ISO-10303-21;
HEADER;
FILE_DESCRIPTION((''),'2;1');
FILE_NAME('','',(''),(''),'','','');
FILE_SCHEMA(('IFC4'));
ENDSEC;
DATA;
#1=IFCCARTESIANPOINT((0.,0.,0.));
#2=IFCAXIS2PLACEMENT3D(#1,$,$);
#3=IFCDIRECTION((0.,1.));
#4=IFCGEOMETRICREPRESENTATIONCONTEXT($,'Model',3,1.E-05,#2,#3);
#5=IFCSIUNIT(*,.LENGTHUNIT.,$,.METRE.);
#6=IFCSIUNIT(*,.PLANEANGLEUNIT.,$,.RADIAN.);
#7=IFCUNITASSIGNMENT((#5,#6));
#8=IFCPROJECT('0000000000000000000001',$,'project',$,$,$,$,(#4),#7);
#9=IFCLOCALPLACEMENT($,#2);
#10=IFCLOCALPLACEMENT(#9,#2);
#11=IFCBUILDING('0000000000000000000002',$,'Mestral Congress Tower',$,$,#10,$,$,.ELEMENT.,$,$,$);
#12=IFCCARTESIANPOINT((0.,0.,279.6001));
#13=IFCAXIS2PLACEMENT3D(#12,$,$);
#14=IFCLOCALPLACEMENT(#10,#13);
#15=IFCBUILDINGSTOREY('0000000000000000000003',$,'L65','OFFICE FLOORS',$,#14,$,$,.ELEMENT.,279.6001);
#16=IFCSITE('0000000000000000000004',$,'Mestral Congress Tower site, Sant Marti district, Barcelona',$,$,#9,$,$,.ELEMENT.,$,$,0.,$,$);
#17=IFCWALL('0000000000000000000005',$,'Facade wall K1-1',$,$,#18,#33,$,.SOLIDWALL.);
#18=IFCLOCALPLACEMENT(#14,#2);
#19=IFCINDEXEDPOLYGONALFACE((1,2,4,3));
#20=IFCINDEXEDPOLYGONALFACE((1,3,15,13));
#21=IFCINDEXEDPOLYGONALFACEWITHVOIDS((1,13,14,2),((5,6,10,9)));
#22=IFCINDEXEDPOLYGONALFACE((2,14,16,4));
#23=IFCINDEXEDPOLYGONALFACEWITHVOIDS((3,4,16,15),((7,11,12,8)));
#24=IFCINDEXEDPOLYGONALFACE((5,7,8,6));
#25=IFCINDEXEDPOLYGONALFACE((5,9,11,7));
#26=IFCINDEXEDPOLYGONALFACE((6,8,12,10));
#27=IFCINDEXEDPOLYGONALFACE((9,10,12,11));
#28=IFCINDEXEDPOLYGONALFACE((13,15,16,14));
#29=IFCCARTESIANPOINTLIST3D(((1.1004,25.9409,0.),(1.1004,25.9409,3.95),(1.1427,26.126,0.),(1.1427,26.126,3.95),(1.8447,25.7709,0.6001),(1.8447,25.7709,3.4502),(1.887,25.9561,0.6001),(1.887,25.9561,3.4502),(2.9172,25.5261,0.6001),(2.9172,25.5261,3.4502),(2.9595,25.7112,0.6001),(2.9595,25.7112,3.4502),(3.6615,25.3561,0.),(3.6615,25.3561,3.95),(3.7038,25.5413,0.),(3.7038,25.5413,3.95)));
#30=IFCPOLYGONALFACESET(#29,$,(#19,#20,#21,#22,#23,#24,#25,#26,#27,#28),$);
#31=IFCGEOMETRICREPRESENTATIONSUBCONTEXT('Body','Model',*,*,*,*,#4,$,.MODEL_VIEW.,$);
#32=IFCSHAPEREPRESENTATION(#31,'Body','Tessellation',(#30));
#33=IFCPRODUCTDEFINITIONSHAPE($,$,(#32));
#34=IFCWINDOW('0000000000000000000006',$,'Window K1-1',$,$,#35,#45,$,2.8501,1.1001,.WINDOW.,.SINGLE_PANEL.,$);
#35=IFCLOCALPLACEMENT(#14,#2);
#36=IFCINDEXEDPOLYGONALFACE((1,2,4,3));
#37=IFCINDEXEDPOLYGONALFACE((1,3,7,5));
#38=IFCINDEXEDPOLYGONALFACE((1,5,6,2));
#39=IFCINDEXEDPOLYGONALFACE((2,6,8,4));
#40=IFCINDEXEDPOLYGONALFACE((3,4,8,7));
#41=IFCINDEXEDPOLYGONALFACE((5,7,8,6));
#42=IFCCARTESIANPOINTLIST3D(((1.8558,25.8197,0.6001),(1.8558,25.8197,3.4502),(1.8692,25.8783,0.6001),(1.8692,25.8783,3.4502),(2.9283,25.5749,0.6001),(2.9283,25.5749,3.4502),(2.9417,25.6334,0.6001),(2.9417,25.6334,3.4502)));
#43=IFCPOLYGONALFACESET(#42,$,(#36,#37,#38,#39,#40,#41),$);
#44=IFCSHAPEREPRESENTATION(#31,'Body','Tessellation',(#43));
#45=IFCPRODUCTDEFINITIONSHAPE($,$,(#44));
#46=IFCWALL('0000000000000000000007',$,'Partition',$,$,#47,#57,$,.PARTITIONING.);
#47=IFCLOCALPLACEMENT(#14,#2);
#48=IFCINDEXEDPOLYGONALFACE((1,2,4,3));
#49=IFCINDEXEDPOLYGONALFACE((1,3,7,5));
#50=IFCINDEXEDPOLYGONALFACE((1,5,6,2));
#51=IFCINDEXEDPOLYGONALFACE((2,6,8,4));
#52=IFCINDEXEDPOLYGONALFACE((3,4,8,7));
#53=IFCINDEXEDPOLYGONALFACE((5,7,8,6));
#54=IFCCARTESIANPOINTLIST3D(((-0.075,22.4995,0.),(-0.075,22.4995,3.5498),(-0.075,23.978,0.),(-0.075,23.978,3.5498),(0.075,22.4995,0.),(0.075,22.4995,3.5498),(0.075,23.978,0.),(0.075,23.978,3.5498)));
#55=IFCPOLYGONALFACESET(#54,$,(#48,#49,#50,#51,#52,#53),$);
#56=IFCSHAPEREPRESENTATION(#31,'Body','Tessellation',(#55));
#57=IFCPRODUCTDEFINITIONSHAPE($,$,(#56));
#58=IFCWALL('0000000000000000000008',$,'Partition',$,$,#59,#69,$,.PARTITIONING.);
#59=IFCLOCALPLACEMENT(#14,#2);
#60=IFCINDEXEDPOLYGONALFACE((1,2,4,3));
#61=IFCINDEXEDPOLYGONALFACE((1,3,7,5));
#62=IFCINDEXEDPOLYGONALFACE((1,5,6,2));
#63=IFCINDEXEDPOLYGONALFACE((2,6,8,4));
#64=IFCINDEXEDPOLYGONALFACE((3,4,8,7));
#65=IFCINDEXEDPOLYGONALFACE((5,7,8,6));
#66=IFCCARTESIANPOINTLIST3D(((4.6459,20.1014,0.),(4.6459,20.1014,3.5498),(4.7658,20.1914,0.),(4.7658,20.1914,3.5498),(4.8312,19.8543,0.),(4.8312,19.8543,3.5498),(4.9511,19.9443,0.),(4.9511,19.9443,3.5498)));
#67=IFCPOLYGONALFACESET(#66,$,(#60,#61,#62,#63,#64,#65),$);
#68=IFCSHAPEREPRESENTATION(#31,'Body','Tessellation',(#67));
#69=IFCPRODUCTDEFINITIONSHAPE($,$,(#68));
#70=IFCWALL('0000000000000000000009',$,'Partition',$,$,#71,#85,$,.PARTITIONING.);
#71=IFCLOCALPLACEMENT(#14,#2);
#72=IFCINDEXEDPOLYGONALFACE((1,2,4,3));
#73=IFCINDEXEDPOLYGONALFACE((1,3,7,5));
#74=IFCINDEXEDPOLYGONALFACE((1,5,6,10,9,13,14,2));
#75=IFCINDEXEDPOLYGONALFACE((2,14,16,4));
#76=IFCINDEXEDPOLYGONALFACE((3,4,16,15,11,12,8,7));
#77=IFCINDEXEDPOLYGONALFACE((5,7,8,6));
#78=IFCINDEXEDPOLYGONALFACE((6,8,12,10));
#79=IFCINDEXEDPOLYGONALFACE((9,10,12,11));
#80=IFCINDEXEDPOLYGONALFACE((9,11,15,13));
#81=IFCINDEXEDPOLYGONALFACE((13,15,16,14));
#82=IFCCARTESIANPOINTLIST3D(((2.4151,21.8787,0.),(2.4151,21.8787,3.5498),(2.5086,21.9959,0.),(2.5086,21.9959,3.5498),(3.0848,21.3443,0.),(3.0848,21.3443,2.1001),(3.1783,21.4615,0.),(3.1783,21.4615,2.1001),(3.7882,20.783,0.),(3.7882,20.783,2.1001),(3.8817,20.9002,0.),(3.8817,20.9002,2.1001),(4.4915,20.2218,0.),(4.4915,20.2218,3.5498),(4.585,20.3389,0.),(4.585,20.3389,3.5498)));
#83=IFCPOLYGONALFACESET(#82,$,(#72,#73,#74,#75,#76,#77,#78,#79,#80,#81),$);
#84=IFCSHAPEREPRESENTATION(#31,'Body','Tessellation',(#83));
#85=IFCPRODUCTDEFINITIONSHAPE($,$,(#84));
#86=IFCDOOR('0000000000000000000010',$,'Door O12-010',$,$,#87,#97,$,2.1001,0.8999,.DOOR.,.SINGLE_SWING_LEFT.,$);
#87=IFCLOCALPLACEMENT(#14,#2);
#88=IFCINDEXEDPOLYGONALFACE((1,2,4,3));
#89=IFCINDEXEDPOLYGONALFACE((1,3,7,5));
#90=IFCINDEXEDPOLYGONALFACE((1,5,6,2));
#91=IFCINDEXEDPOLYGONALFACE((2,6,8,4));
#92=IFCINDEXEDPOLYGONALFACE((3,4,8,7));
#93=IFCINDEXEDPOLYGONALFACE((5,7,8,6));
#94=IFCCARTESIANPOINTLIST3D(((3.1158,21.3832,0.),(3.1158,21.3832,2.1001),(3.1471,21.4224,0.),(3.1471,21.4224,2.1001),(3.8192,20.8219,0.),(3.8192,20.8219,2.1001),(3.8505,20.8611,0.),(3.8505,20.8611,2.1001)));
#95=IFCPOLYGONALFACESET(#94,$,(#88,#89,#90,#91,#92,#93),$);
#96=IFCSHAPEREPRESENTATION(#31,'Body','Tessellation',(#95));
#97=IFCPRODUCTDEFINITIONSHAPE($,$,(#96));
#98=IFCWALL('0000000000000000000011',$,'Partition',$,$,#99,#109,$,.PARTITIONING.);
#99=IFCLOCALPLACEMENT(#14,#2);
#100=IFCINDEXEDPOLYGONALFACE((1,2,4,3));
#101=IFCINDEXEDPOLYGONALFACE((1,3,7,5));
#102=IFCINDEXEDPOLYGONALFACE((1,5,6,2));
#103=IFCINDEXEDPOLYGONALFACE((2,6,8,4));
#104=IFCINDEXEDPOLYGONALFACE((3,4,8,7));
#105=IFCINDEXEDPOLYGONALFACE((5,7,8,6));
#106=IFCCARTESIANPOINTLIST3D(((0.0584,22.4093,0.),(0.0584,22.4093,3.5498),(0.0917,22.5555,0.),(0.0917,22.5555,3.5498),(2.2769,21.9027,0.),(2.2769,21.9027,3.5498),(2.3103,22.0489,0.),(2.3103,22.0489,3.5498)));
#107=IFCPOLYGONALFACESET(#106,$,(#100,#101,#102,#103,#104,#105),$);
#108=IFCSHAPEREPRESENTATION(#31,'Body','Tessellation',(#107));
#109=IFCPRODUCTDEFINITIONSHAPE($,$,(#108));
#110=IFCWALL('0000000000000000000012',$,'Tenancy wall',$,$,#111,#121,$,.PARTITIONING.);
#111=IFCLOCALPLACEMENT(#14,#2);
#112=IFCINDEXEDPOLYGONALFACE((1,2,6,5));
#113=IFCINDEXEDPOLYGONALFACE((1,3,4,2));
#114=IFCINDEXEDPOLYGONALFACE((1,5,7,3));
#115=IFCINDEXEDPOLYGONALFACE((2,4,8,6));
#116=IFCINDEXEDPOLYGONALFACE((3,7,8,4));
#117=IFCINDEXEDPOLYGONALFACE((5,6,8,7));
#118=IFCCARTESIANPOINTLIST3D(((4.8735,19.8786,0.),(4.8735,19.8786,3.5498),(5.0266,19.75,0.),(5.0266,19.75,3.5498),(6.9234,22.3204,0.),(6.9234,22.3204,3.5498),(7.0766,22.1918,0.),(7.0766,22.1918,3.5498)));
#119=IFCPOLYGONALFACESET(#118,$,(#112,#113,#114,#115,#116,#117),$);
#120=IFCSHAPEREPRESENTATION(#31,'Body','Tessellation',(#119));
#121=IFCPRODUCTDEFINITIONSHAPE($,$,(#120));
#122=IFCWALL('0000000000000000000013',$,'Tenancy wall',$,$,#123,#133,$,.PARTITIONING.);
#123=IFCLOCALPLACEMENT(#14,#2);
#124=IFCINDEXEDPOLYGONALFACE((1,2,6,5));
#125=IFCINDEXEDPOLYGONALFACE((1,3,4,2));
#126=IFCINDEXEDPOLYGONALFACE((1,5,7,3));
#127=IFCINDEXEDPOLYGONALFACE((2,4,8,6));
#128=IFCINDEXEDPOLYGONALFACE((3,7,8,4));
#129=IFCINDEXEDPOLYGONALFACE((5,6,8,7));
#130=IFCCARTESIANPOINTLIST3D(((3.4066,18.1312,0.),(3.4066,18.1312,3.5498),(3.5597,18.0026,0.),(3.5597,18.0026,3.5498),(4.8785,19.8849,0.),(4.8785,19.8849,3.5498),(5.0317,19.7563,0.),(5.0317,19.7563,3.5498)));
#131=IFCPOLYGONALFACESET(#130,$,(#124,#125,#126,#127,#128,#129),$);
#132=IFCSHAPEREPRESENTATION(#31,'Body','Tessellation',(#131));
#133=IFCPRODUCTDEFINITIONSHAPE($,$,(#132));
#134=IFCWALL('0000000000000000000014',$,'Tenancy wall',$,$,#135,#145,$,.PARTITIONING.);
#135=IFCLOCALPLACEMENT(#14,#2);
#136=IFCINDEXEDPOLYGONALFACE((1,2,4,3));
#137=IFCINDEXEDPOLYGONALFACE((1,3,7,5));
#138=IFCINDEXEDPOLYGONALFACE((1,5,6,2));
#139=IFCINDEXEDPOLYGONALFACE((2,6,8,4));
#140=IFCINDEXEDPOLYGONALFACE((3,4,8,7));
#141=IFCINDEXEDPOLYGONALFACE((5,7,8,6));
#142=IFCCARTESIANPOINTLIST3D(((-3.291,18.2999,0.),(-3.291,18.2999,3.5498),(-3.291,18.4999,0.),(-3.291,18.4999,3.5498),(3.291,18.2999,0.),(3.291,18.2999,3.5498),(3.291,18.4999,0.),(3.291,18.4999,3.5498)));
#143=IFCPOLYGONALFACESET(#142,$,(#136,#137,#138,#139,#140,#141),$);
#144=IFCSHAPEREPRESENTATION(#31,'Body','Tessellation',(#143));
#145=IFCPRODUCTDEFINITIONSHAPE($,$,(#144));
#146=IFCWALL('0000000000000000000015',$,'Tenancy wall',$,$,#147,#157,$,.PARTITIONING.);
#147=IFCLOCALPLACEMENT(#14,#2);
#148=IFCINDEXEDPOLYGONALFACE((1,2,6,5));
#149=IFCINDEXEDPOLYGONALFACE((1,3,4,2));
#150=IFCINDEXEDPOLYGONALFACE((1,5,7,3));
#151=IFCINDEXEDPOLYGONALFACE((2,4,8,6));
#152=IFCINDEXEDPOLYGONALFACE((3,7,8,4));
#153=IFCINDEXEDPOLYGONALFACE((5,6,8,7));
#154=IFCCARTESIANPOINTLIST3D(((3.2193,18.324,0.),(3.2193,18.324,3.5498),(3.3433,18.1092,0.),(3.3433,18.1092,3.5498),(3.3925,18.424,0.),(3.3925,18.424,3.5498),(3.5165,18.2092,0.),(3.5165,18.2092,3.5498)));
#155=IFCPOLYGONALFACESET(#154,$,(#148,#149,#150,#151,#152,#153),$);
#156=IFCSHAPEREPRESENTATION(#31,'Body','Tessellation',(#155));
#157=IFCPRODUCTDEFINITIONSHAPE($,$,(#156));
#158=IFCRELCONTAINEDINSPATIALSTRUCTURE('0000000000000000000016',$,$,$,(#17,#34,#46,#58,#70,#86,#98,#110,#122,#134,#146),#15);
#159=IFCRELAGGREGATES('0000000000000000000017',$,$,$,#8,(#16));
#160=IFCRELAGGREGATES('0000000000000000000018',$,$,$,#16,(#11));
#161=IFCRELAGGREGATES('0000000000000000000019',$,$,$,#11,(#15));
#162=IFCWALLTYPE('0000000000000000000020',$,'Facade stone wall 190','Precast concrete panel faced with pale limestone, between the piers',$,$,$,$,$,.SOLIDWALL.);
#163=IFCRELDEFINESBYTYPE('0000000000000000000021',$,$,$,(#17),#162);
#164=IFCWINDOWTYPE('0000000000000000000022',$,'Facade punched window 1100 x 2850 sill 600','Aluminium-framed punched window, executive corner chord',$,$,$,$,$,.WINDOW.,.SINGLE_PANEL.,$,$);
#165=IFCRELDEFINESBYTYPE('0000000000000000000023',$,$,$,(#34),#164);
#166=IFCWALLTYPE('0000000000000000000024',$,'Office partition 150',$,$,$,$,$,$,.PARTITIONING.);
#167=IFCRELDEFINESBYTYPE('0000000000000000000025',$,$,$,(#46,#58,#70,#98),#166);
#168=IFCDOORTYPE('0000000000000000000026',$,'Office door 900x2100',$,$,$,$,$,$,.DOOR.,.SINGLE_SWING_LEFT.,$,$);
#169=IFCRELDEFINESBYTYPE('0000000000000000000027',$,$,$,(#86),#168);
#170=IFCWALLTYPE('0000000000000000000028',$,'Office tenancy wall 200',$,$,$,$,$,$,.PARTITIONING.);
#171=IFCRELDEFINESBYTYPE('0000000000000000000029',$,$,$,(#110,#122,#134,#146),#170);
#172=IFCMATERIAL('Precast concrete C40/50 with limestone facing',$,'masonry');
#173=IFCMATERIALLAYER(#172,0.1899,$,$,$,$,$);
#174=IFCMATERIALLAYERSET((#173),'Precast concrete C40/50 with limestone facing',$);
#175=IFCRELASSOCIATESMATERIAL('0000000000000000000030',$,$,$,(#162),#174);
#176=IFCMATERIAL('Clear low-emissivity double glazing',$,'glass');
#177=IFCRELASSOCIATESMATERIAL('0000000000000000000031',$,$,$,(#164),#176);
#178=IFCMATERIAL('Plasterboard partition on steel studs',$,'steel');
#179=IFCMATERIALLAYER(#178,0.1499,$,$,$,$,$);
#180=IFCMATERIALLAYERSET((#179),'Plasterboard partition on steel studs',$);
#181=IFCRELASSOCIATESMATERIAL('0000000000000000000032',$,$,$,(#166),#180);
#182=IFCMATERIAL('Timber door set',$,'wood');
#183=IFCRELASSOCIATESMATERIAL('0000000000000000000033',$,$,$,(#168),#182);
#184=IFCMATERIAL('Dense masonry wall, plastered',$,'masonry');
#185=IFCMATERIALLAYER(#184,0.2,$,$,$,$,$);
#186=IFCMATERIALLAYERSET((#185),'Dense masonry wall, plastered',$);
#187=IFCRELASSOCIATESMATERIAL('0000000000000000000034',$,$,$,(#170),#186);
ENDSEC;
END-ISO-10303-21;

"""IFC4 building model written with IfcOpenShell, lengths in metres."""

from ifc_helpers import new_model, si_unit, direction, frame, frame_2d, origin, place, context, subcontext, project, spatial, rectangle, extrude, material, layer, layer_set, type_object, element, fill, save


model = new_model("IFC4")

# Units and contexts
model_context = context("Model", 3, precision=1e-05, world=origin(), true_north=direction((0.0, 1.0)))
body_context = subcontext(model_context, "Body", "Model", "MODEL_VIEW")
ifc_project = project(units=[si_unit("LENGTHUNIT", "METRE"), si_unit("PLANEANGLEUNIT", "RADIAN")], contexts=[model_context])

# Site, building, storey
site_placement = place(None, origin())
site = spatial("IfcSite", under=ifc_project, at=site_placement, Name="Mestral Congress Tower site, Sant Marti district, Barcelona", CompositionType="ELEMENT", RefElevation=0.0)
building_placement = place(site_placement, origin())
building = spatial("IfcBuilding", under=site, at=building_placement, Name="Mestral Congress Tower", CompositionType="ELEMENT")
storey_placement = place(building_placement, frame((0.0, 0.0, 279.6001)))
storey = spatial("IfcBuildingStorey", under=building, at=storey_placement, Name="L65", Description="OFFICE FLOORS", CompositionType="ELEMENT", Elevation=279.6001)

# Shared definitions
ifc_material_1 = material(Name="Precast concrete C40/50 with limestone facing", Category="masonry")
ifc_layer_1 = layer(ifc_material_1, 0.1899)
ifc_layer_set_1 = layer_set([ifc_layer_1], Name="Precast concrete C40/50 with limestone facing")
wall_type_1 = type_object("IfcWallType", Name="Facade stone wall 190", Description="Precast concrete panel faced with pale limestone, between the piers", PredefinedType="SOLIDWALL", material=ifc_layer_set_1)
ifc_material_2 = material(Name="Clear low-emissivity double glazing", Category="glass")

# Wall, opening, window
window_type_1 = type_object("IfcWindowType", Name="Facade punched window 1100 x 2850 sill 600", Description="Aluminium-framed punched window, executive corner chord", PartitioningType="SINGLE_PANEL", PredefinedType="WINDOW", material=ifc_material_2)
wall_1_placement = place(storey_placement, frame((3.6826, 25.4487, 0.0), z_axis=(0.0, 0.0, 1.0), x_axis=(-0.974913, 0.222585, 0.0)))
wall_1 = element("IfcWall", 1, at=wall_1_placement, inside=storey, type_object=wall_type_1, Name="Facade wall K1-1", PredefinedType="SOLIDWALL", context=body_context, shape_type="SweptSolid", body=[
    extrude(rectangle(XDim=2.627, YDim=0.1899, at=frame_2d((1.3135, 0.0))), origin(), (0.0, 0.0, 1.0), 3.95),
])
opening_1_placement = place(wall_1_placement, frame((0.7634, 0.0, 0.6001)))
opening_1 = element("IfcOpeningElement", 2, at=opening_1_placement, cuts=wall_1, PredefinedType="OPENING", context=body_context, shape_type="SweptSolid", body=[
    extrude(rectangle(XDim=1.1001, YDim=2.8501, at=frame_2d((0.55, 1.425))), frame((0.0, 0.105, 0.0), z_axis=(0.0, -1.0, 0.0), x_axis=(1.0, 0.0, 0.0)), (0.0, 0.0, 1.0), 0.21),
])
window_1_placement = place(opening_1_placement, origin())
window_1 = element("IfcWindow", 3, at=window_1_placement, inside=storey, type_object=window_type_1, Name="Window K1-1", OverallHeight=2.8501, OverallWidth=1.1001, PartitioningType="SINGLE_PANEL", PredefinedType="WINDOW", context=body_context, shape_type="SweptSolid", body=[
    extrude(rectangle(XDim=1.1001, YDim=2.8501, at=frame_2d((0.55, 1.425))), frame((0.0, 0.0449, 0.0), z_axis=(0.0, -1.0, 0.0), x_axis=(1.0, 0.0, 0.0)), (0.0, 0.0, 1.0), 0.0601),
])
fill(opening_1, window_1)

# Walls
ifc_material_3 = material(Name="Plasterboard partition on steel studs", Category="steel")
ifc_layer_2 = layer(ifc_material_3, 0.1499)
ifc_layer_set_2 = layer_set([ifc_layer_2], Name="Plasterboard partition on steel studs")
wall_type_2 = type_object("IfcWallType", Name="Office partition 150", PredefinedType="PARTITIONING", material=ifc_layer_set_2)
wall_2_placement = place(storey_placement, frame((0.0, 22.4995, 0.0), z_axis=(0.0, 0.0, 1.0), x_axis=(0.0, 1.0, 0.0)))
element("IfcWall", 4, at=wall_2_placement, inside=storey, type_object=wall_type_2, Name="Partition", PredefinedType="PARTITIONING", context=body_context, shape_type="SweptSolid", body=[
    extrude(rectangle(XDim=1.4785, YDim=0.1499, at=frame_2d((0.7393, 0.0))), origin(), (0.0, 0.0, 1.0), 3.5498),
])
wall_3_placement = place(storey_placement, frame((4.8911, 19.8994, 0.0), z_axis=(0.0, 0.0, 1.0), x_axis=(-0.6, 0.8, 0.0)))
element("IfcWall", 5, at=wall_3_placement, inside=storey, type_object=wall_type_2, Name="Partition", PredefinedType="PARTITIONING", context=body_context, shape_type="SweptSolid", body=[
    extrude(rectangle(XDim=0.3088, YDim=0.1499, at=frame_2d((0.1543, 0.0))), origin(), (0.0, 0.0, 1.0), 3.5498),
])

# Wall, opening, door
wall_4_placement = place(storey_placement, frame((2.4619, 21.9373, 0.0), z_axis=(0.0, 0.0, 1.0), x_axis=(0.78163, -0.623742, 0.0)))
wall_4 = element("IfcWall", 6, at=wall_4_placement, inside=storey, type_object=wall_type_2, Name="Partition", PredefinedType="PARTITIONING", context=body_context, shape_type="SweptSolid", body=[
    extrude(rectangle(XDim=2.6565, YDim=0.1499, at=frame_2d((1.3281, 0.0))), origin(), (0.0, 0.0, 1.0), 3.5498),
])
opening_2_placement = place(wall_4_placement, frame((0.8567, 0.0, 0.0)))
opening_2 = element("IfcOpeningElement", 7, at=opening_2_placement, cuts=wall_4, PredefinedType="OPENING", context=body_context, shape_type="SweptSolid", body=[
    extrude(rectangle(XDim=0.8999, YDim=2.1001, at=frame_2d((0.45, 1.05))), frame((0.0, 0.085, 0.0), z_axis=(0.0, -1.0, 0.0), x_axis=(1.0, 0.0, 0.0)), (0.0, 0.0, 1.0), 0.1699),
])
ifc_material_4 = material(Name="Timber door set", Category="wood")
door_type = type_object("IfcDoorType", Name="Office door 900x2100", OperationType="SINGLE_SWING_LEFT", PredefinedType="DOOR", material=ifc_material_4)
door_placement = place(opening_2_placement, origin())
door = element("IfcDoor", 8, at=door_placement, inside=storey, type_object=door_type, Name="Door O12-010", OperationType="SINGLE_SWING_LEFT", OverallHeight=2.1001, OverallWidth=0.8999, PredefinedType="DOOR", context=body_context, shape_type="SweptSolid", body=[
    extrude(rectangle(XDim=0.8999, YDim=2.1001, at=frame_2d((0.45, 1.05))), frame((0.0, 0.0249, 0.0), z_axis=(0.0, -1.0, 0.0), x_axis=(1.0, 0.0, 0.0)), (0.0, 0.0, 1.0), 0.05),
])
fill(opening_2, door)

# Walls
wall_5_placement = place(storey_placement, frame((2.2935, 21.9758, 0.0), z_axis=(0.0, 0.0, 1.0), x_axis=(-0.974906, 0.222618, 0.0)))
element("IfcWall", 9, at=wall_5_placement, inside=storey, type_object=wall_type_2, Name="Partition", PredefinedType="PARTITIONING", context=body_context, shape_type="SweptSolid", body=[
    extrude(rectangle(XDim=2.2756, YDim=0.1499, at=frame_2d((1.1377, 0.0))), origin(), (0.0, 0.0, 1.0), 3.5498),
])
ifc_material_5 = material(Name="Dense masonry wall, plastered", Category="masonry")
ifc_layer_3 = layer(ifc_material_5, 0.2)
ifc_layer_set_3 = layer_set([ifc_layer_3], Name="Dense masonry wall, plastered")
wall_type_3 = type_object("IfcWallType", Name="Office tenancy wall 200", PredefinedType="PARTITIONING", material=ifc_layer_set_3)
wall_6_placement = place(storey_placement, frame((4.95, 19.8142, 0.0), z_axis=(0.0, 0.0, 1.0), x_axis=(0.642982, 0.765881, 0.0)))
element("IfcWall", 10, at=wall_6_placement, inside=storey, type_object=wall_type_3, Name="Tenancy wall", PredefinedType="PARTITIONING", context=body_context, shape_type="SweptSolid", body=[
    extrude(rectangle(XDim=3.1882, YDim=0.2, at=frame_2d((1.5942, 0.0))), origin(), (0.0, 0.0, 1.0), 3.5498),
])
wall_7_placement = place(storey_placement, frame((3.4832, 18.0669, 0.0), z_axis=(0.0, 0.0, 1.0), x_axis=(0.642897, 0.765953, 0.0)))
element("IfcWall", 11, at=wall_7_placement, inside=storey, type_object=wall_type_3, Name="Tenancy wall", PredefinedType="PARTITIONING", context=body_context, shape_type="SweptSolid", body=[
    extrude(rectangle(XDim=2.2896, YDim=0.2, at=frame_2d((1.1448, 0.0))), origin(), (0.0, 0.0, 1.0), 3.5498),
])
wall_8_placement = place(storey_placement, frame((3.291, 18.3999, 0.0), z_axis=(0.0, 0.0, 1.0), x_axis=(-1.0, 0.0, 0.0)))
element("IfcWall", 12, at=wall_8_placement, inside=storey, type_object=wall_type_3, Name="Tenancy wall", PredefinedType="PARTITIONING", context=body_context, shape_type="SweptSolid", body=[
    extrude(rectangle(XDim=6.582, YDim=0.2, at=frame_2d((3.291, 0.0))), origin(), (0.0, 0.0, 1.0), 3.5498),
])
wall_9_placement = place(storey_placement, frame((3.4299, 18.1592, 0.0), z_axis=(0.0, 0.0, 1.0), x_axis=(-0.49995, 0.866054, 0.0)))
element("IfcWall", 13, at=wall_9_placement, inside=storey, type_object=wall_type_3, Name="Tenancy wall", PredefinedType="PARTITIONING", context=body_context, shape_type="SweptSolid", body=[
    extrude(rectangle(XDim=0.248, YDim=0.2, at=frame_2d((0.124, 0.0))), origin(), (0.0, 0.0, 1.0), 3.5498),
])

save(model, "model.ifc")
